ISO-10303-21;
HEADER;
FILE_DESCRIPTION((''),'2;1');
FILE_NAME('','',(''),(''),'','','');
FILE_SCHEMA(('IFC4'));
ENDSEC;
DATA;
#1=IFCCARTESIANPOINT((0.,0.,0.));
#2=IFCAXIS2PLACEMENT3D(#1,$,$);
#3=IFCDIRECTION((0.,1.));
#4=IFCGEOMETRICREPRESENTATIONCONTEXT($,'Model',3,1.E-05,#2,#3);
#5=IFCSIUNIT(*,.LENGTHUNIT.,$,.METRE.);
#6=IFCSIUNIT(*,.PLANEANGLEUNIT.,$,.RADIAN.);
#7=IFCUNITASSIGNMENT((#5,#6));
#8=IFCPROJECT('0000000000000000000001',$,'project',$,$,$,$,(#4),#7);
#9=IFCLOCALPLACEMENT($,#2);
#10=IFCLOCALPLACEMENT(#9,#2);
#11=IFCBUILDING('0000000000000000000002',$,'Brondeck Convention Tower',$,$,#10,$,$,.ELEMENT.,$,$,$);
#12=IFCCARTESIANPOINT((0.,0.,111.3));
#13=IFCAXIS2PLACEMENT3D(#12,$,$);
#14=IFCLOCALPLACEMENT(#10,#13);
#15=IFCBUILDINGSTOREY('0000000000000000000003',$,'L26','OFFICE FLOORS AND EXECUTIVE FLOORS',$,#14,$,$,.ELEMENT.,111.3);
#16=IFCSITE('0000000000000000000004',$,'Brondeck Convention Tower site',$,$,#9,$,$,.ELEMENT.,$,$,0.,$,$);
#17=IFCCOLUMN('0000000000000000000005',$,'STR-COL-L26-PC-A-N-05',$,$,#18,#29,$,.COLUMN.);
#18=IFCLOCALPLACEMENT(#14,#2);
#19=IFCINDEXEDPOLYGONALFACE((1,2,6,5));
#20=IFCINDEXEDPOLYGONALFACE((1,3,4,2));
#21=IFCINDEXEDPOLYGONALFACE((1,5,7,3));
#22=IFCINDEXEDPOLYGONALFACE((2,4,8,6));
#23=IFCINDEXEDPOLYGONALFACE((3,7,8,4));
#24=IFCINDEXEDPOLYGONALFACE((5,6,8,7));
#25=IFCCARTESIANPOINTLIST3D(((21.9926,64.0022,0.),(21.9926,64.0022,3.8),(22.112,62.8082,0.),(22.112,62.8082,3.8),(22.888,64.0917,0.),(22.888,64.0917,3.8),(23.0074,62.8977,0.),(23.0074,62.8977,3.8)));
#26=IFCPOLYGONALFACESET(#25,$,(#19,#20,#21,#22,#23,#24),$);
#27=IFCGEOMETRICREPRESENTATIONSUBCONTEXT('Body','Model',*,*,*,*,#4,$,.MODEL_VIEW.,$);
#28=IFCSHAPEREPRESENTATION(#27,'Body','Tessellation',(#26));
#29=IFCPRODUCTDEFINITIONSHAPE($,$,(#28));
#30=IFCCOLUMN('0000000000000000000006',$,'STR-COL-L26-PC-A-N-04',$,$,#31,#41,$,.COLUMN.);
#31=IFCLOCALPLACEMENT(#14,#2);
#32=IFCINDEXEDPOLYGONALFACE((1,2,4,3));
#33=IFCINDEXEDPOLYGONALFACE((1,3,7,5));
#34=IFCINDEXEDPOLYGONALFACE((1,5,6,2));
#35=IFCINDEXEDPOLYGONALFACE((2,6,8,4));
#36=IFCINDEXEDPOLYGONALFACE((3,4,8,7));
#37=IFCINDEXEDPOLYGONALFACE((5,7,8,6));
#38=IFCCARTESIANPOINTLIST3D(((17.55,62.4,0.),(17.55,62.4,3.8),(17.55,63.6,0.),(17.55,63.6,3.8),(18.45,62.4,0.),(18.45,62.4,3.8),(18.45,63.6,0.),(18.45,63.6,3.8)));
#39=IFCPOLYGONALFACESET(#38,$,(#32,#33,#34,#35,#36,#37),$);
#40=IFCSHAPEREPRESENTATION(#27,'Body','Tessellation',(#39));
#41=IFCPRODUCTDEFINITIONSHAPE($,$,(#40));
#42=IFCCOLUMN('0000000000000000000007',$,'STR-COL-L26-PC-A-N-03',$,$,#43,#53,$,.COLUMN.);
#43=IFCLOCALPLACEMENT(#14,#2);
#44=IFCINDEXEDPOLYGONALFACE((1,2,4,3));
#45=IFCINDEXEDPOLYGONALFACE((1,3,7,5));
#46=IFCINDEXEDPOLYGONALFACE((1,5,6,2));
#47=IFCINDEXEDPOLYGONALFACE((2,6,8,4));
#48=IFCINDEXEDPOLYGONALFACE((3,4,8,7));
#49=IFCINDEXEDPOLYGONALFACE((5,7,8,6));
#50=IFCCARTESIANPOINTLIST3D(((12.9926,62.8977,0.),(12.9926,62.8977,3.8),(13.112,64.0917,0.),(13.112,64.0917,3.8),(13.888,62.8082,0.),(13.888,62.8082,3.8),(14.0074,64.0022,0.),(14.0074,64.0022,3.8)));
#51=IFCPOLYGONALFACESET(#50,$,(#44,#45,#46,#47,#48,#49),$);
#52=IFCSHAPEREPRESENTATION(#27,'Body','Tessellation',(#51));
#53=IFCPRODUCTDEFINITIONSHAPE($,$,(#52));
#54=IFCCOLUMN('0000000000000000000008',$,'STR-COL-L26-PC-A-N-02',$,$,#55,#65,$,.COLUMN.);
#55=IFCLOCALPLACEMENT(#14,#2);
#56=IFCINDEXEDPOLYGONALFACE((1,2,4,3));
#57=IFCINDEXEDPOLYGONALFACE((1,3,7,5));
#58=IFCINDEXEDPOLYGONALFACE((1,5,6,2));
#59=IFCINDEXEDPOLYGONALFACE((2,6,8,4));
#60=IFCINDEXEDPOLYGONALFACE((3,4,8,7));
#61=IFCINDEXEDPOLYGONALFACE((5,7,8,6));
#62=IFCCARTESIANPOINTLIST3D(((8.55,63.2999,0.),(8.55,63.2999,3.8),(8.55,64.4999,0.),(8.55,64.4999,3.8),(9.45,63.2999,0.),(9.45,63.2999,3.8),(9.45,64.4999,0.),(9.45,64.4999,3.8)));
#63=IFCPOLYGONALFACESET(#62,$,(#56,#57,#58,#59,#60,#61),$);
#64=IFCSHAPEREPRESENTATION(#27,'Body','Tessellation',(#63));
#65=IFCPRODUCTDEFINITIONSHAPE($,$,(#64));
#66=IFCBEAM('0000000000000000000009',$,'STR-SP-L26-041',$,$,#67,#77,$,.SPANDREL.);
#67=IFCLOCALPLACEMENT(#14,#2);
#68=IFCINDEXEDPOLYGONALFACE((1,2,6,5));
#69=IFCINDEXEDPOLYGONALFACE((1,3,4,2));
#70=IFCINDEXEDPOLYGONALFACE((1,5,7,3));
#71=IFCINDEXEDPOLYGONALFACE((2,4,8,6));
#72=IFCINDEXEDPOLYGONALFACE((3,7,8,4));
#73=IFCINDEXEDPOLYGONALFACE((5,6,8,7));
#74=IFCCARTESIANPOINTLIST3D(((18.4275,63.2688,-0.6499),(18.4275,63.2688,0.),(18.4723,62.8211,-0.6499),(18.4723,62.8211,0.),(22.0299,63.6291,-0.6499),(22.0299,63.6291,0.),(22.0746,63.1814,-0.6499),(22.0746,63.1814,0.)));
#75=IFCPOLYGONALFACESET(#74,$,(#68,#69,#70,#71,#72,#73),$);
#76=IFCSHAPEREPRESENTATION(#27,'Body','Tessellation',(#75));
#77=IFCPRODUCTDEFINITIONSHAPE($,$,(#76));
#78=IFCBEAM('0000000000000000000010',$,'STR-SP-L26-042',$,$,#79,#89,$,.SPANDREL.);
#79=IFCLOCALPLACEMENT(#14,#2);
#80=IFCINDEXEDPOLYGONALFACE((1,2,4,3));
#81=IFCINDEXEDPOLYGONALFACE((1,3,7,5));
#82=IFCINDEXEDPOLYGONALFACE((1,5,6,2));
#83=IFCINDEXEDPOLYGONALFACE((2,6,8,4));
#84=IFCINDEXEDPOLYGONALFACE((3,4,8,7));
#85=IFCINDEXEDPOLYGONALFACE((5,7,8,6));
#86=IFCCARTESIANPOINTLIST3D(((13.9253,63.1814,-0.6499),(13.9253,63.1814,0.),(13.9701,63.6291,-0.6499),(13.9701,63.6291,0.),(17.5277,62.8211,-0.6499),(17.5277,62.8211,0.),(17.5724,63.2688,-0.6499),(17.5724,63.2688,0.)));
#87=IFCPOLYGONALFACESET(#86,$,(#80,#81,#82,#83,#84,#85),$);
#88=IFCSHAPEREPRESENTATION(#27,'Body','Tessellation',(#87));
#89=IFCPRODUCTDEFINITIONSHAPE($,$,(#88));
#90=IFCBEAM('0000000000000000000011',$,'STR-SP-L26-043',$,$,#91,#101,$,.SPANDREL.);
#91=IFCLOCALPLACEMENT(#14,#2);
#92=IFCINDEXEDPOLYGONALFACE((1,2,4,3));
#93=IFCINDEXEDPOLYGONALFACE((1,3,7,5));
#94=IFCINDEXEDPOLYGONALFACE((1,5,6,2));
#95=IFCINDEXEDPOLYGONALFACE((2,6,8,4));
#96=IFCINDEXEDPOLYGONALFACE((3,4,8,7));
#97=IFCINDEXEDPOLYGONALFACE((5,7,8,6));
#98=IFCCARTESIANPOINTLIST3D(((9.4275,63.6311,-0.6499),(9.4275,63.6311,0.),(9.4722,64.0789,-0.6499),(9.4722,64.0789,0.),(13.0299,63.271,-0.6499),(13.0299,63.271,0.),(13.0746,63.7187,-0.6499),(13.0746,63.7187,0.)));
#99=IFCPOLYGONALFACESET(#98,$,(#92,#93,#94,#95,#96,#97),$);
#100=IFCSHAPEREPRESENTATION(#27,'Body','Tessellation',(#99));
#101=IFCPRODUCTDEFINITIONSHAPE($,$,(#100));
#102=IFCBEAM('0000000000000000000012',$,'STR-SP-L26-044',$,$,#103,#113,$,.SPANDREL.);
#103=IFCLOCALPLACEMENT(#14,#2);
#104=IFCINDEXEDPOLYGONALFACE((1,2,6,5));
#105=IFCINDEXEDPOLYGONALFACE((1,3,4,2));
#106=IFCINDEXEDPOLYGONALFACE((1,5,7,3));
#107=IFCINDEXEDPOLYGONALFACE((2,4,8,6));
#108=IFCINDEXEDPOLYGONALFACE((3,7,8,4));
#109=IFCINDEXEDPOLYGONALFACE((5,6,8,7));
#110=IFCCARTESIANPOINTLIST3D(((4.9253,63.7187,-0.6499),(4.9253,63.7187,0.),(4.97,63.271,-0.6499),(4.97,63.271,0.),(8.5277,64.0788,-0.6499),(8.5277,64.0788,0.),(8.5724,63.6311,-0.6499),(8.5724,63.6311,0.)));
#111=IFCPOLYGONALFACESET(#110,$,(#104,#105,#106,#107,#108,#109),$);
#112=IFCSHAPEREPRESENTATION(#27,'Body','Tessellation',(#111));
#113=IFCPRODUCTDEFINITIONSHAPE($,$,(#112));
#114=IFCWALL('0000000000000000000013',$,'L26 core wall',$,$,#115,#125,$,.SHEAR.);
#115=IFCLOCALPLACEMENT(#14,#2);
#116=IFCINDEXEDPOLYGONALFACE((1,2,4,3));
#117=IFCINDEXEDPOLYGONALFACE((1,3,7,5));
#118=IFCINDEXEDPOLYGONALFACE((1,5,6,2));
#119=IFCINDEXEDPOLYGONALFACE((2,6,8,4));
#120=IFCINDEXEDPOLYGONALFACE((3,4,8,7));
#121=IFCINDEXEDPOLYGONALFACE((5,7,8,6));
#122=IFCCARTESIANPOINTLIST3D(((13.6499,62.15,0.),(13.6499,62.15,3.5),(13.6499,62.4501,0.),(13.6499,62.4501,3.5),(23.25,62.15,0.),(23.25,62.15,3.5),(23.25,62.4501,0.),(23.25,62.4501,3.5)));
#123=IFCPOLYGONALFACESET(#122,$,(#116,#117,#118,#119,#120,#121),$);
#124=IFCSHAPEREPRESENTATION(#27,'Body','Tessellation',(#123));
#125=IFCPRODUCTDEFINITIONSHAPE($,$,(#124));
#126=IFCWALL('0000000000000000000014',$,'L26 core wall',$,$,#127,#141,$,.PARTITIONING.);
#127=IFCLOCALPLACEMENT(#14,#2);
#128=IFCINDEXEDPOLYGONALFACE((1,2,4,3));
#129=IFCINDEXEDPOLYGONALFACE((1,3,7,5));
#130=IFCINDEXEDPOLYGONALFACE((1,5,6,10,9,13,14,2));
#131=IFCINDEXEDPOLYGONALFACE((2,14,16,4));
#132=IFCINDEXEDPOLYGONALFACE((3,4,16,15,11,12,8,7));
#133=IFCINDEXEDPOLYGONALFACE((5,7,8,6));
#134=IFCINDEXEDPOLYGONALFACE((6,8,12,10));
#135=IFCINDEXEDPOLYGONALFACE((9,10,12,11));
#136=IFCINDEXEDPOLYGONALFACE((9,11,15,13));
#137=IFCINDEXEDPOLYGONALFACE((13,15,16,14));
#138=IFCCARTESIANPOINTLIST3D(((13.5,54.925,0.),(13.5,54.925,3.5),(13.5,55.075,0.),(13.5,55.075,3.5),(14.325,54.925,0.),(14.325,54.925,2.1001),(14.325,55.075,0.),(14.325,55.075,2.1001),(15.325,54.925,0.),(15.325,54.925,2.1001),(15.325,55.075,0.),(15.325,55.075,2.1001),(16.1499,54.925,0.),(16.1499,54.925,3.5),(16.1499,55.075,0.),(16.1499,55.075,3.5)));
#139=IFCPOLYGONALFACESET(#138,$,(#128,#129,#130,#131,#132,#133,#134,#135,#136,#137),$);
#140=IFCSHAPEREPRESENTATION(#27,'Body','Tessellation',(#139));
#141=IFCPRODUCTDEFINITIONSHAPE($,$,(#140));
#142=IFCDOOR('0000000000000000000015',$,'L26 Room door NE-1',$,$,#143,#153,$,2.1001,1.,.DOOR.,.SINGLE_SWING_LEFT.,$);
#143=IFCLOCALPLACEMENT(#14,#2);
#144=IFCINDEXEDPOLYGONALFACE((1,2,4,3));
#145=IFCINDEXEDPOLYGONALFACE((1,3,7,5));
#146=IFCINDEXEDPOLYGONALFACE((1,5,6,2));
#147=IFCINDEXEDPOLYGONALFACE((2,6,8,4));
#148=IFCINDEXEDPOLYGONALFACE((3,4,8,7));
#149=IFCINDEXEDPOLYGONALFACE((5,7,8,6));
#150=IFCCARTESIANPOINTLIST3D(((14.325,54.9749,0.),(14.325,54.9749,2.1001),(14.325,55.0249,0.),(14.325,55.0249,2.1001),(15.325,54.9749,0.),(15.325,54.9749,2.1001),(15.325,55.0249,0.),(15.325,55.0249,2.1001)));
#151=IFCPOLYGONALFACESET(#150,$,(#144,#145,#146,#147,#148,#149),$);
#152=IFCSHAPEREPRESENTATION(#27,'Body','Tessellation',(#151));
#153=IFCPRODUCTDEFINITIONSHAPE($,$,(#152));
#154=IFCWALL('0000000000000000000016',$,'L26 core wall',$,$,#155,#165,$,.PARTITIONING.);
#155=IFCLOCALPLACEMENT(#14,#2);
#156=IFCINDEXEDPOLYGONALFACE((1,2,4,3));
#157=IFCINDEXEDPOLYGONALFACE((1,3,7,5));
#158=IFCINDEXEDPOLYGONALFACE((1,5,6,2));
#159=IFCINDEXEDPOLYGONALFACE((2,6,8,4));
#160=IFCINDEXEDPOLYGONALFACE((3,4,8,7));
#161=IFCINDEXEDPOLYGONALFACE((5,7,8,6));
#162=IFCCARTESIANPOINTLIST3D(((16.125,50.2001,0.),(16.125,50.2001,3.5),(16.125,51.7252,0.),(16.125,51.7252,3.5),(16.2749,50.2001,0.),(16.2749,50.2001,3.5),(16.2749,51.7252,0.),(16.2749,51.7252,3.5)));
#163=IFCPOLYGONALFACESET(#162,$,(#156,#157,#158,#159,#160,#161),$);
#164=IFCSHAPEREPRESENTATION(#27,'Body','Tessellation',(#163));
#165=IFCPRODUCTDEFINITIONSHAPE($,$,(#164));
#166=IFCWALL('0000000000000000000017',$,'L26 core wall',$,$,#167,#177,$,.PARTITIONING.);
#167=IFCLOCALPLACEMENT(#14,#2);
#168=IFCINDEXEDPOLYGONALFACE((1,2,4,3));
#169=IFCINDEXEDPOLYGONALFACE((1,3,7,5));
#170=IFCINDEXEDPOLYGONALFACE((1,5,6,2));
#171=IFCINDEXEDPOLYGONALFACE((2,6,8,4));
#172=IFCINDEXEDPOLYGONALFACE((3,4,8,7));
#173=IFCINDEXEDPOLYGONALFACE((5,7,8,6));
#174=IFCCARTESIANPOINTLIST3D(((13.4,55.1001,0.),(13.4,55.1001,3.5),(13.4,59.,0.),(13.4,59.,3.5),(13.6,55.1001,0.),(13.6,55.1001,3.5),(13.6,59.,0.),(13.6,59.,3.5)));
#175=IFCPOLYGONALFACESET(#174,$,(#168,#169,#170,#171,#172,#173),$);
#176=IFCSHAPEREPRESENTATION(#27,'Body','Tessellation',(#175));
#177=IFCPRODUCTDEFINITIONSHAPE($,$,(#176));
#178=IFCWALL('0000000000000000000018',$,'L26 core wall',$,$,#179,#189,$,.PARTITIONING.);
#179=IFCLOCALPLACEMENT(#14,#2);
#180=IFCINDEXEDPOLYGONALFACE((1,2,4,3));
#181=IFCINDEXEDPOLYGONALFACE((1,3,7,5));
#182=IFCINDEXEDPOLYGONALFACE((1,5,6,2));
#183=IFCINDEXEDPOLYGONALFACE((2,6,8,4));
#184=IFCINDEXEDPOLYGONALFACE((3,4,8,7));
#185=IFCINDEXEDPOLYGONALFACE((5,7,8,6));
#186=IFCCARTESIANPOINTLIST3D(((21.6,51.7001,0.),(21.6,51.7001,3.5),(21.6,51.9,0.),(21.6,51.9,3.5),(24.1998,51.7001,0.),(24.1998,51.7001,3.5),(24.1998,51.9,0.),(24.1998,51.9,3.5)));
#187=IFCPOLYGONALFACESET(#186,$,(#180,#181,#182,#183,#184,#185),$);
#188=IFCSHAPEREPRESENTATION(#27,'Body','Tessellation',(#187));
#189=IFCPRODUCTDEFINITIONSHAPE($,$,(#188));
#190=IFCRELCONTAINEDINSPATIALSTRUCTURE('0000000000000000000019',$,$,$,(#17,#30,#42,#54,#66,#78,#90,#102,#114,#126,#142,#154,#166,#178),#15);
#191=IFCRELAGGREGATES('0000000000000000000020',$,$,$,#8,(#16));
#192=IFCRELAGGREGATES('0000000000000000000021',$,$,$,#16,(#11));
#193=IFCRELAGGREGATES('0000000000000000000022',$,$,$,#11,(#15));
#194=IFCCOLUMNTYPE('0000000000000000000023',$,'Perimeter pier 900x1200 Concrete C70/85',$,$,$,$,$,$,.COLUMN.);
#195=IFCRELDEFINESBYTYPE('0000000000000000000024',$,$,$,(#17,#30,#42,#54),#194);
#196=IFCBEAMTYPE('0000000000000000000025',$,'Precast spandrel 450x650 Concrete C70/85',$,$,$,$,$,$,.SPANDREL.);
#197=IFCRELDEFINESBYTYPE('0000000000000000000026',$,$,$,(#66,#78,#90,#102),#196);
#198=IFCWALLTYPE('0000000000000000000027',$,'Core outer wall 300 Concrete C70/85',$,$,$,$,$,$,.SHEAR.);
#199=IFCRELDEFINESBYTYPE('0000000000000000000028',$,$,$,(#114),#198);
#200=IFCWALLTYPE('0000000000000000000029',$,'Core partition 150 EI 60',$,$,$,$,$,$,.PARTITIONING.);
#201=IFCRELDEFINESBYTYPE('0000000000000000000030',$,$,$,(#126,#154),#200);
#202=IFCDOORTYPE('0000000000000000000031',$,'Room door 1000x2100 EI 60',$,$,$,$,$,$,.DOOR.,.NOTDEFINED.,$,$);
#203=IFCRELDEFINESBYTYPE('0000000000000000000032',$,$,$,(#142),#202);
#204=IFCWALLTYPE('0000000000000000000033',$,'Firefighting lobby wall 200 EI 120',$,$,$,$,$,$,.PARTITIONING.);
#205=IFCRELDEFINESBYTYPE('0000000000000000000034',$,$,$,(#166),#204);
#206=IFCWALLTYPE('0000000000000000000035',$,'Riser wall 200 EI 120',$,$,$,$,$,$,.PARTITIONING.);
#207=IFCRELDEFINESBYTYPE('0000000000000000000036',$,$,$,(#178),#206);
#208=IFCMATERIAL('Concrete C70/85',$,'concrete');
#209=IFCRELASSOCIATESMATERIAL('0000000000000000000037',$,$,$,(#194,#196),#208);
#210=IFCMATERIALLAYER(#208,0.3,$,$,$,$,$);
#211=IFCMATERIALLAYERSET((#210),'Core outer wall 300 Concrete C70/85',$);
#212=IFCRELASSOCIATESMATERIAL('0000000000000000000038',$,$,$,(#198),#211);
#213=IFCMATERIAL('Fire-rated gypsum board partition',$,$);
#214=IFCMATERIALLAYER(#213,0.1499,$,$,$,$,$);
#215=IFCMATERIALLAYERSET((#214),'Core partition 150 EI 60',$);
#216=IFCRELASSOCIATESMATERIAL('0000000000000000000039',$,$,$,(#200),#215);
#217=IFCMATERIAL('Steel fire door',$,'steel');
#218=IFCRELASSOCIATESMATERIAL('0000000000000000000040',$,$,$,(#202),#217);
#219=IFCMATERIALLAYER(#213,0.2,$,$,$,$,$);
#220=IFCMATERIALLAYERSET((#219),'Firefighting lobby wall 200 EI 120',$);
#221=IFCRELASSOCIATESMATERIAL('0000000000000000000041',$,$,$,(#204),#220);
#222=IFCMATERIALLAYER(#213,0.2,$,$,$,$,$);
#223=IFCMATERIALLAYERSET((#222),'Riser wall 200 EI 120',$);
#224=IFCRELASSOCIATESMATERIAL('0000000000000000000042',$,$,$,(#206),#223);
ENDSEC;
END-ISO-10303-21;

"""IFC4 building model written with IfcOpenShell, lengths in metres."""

from ifc_helpers import new_model, si_unit, direction, frame, frame_2d, origin, origin_2d, place, context, subcontext, project, spatial, rectangle, extrude, material, layer, layer_set, material_profile, profile_set, type_object, element, fill, save


model = new_model("IFC4")

# Units and contexts
model_context = context("Model", 3, precision=1e-05, world=origin(), true_north=direction((0.0, 1.0)))
body_context = subcontext(model_context, "Body", "Model", "MODEL_VIEW")
ifc_project = project(units=[si_unit("LENGTHUNIT", "METRE"), si_unit("PLANEANGLEUNIT", "RADIAN")], contexts=[model_context])

# Site, building, storey
site_placement = place(None, origin())
site = spatial("IfcSite", under=ifc_project, at=site_placement, Name="Brondeck Convention Tower site", CompositionType="ELEMENT", RefElevation=0.0)
building_placement = place(site_placement, origin())
building = spatial("IfcBuilding", under=site, at=building_placement, Name="Brondeck Convention Tower", CompositionType="ELEMENT")
storey_placement = place(building_placement, frame((0.0, 0.0, 111.3)))
storey = spatial("IfcBuildingStorey", under=building, at=storey_placement, Name="L26", Description="OFFICE FLOORS AND EXECUTIVE FLOORS", CompositionType="ELEMENT", Elevation=111.3)

# Columns
ifc_material_1 = material(Name="Concrete C70/85", Category="concrete")
ifc_material_profile_1 = material_profile(ifc_material_1, rectangle(XDim=0.8999, YDim=1.2, at=origin_2d()), Name="Perimeter pier 900x1200 Concrete C70/85")
ifc_profile_set_1 = profile_set([ifc_material_profile_1], Name="Concrete C70/85")
column_type = type_object("IfcColumnType", Name="Perimeter pier 900x1200 Concrete C70/85", PredefinedType="COLUMN", material=ifc_profile_set_1)
for number, where, z_axis, x_axis, name in (
    (1, (22.5, 63.45, 0.0), (0.0, 0.0, 1.0), (-0.995037, -0.099504, 0.0), "STR-COL-L26-PC-A-N-05"),
    (2, (18.0, 63.0, 0.0), (0.0, 0.0, 1.0), (-1.0, 0.0, 0.0), "STR-COL-L26-PC-A-N-04"),
    (3, (13.5, 63.45, 0.0), (0.0, 0.0, 1.0), (-0.995037, 0.099504, 0.0), "STR-COL-L26-PC-A-N-03"),
    (4, (9.0, 63.8999, 0.0), (0.0, 0.0, 1.0), (-1.0, 0.0, 0.0), "STR-COL-L26-PC-A-N-02"),
):
    element("IfcColumn", number, at=place(storey_placement, frame(where, z_axis=z_axis, x_axis=x_axis)), inside=storey, type_object=column_type, Name=name, PredefinedType="COLUMN", context=body_context, shape_type="SweptSolid", body=[
        extrude(rectangle(XDim=0.8999, YDim=1.2, at=origin_2d()), origin(), (0.0, 0.0, 1.0), 3.8),
    ])

# Beams
ifc_material_profile_2 = material_profile(ifc_material_1, rectangle(XDim=0.45, YDim=0.6499, at=origin_2d()), Name="Precast spandrel 450x650 Concrete C70/85")
ifc_profile_set_2 = profile_set([ifc_material_profile_2], Name="Concrete C70/85")
beam_type = type_object("IfcBeamType", Name="Precast spandrel 450x650 Concrete C70/85", PredefinedType="SPANDREL", material=ifc_profile_set_2)
for number, where, z_axis, x_axis, name in (
    (5, (22.0522, 63.4053, -0.325), (-0.995034, -0.099537, 0.0), (0.099537, -0.995034, 0.0), "STR-SP-L26-041"),
    (6, (17.55, 63.0449, -0.325), (-0.995034, 0.099537, 0.0), (-0.099537, -0.995034, 0.0), "STR-SP-L26-042"),
    (7, (13.0522, 63.4949, -0.325), (-0.995041, 0.09947, 0.0), (-0.09947, -0.995041, 0.0), "STR-SP-L26-043"),
    (8, (8.55, 63.855, -0.325), (-0.995041, -0.09947, 0.0), (0.09947, -0.995041, 0.0), "STR-SP-L26-044"),
):
    element("IfcBeam", number, at=place(storey_placement, frame(where, z_axis=z_axis, x_axis=x_axis)), inside=storey, type_object=beam_type, Name=name, PredefinedType="SPANDREL", context=body_context, shape_type="SweptSolid", body=[
        extrude(rectangle(XDim=0.45, YDim=0.6499, at=origin_2d()), origin(), (0.0, 0.0, 1.0), 3.6204),
    ])

# Wall
ifc_layer_1 = layer(ifc_material_1, 0.3)
ifc_layer_set_1 = layer_set([ifc_layer_1], Name="Core outer wall 300 Concrete C70/85")
wall_type_1 = type_object("IfcWallType", Name="Core outer wall 300 Concrete C70/85", PredefinedType="SHEAR", material=ifc_layer_set_1)
wall_1_placement = place(storey_placement, frame((13.6499, 62.3, 0.0), z_axis=(0.0, 0.0, 1.0), x_axis=(1.0, 0.0, 0.0)))
element("IfcWall", 9, at=wall_1_placement, inside=storey, type_object=wall_type_1, Name="L26 core wall", PredefinedType="SHEAR", context=body_context, shape_type="SweptSolid", body=[
    extrude(rectangle(XDim=9.6001, YDim=0.3, at=frame_2d((4.8, 0.0))), origin(), (0.0, 0.0, 1.0), 3.5),
])

# Wall, opening, door
ifc_material_2 = material(Name="Fire-rated gypsum board partition")
ifc_layer_2 = layer(ifc_material_2, 0.1499)
ifc_layer_set_2 = layer_set([ifc_layer_2], Name="Core partition 150 EI 60")
wall_type_2 = type_object("IfcWallType", Name="Core partition 150 EI 60", PredefinedType="PARTITIONING", material=ifc_layer_set_2)
wall_2_placement = place(storey_placement, frame((13.5, 55.0, 0.0), z_axis=(0.0, 0.0, 1.0), x_axis=(1.0, 0.0, 0.0)))
wall_2 = element("IfcWall", 10, at=wall_2_placement, inside=storey, type_object=wall_type_2, Name="L26 core wall", PredefinedType="PARTITIONING", context=body_context, shape_type="SweptSolid", body=[
    extrude(rectangle(XDim=2.6499, YDim=0.1499, at=frame_2d((1.325, 0.0))), origin(), (0.0, 0.0, 1.0), 3.5),
])
opening_1_placement = place(wall_2_placement, frame((0.825, 0.0, 0.0)))
opening_1 = element("IfcOpeningElement", 11, at=opening_1_placement, cuts=wall_2, PredefinedType="OPENING", context=body_context, shape_type="SweptSolid", body=[
    extrude(rectangle(XDim=1.0, YDim=2.1001, at=frame_2d((0.5, 1.05))), frame((0.0, 0.085, 0.0), z_axis=(0.0, -1.0, 0.0), x_axis=(1.0, 0.0, 0.0)), (0.0, 0.0, 1.0), 0.1699),
])
ifc_material_3 = material(Name="Steel fire door", Category="steel")
door_type_1 = type_object("IfcDoorType", Name="Room door 1000x2100 EI 60", OperationType="NOTDEFINED", PredefinedType="DOOR", material=ifc_material_3)
door_1_placement = place(opening_1_placement, origin())
door_1 = element("IfcDoor", 12, at=door_1_placement, inside=storey, type_object=door_type_1, Name="L26 Room door NE-1", OperationType="SINGLE_SWING_LEFT", OverallHeight=2.1001, OverallWidth=1.0, PredefinedType="DOOR", context=body_context, shape_type="SweptSolid", body=[
    extrude(rectangle(XDim=1.0, YDim=2.1001, at=frame_2d((0.5, 1.05))), frame((0.0, 0.0249, 0.0), z_axis=(0.0, -1.0, 0.0), x_axis=(1.0, 0.0, 0.0)), (0.0, 0.0, 1.0), 0.05),
])
fill(opening_1, door_1)

# Walls
wall_3_placement = place(storey_placement, frame((16.2, 50.2, 0.0), z_axis=(0.0, 0.0, 1.0), x_axis=(0.0, 1.0, 0.0)))
element("IfcWall", 13, at=wall_3_placement, inside=storey, type_object=wall_type_2, Name="L26 core wall", PredefinedType="PARTITIONING", context=body_context, shape_type="SweptSolid", body=[
    extrude(rectangle(XDim=1.5251, YDim=0.1499, at=frame_2d((0.7627, 0.0))), origin(), (0.0, 0.0, 1.0), 3.5),
])
ifc_layer_3 = layer(ifc_material_2, 0.2)
ifc_layer_set_3 = layer_set([ifc_layer_3], Name="Firefighting lobby wall 200 EI 120")
wall_type_3 = type_object("IfcWallType", Name="Firefighting lobby wall 200 EI 120", PredefinedType="PARTITIONING", material=ifc_layer_set_3)
wall_4_placement = place(storey_placement, frame((13.5, 55.1001, 0.0), z_axis=(0.0, 0.0, 1.0), x_axis=(0.0, 1.0, 0.0)))
element("IfcWall", 14, at=wall_4_placement, inside=storey, type_object=wall_type_3, Name="L26 core wall", PredefinedType="PARTITIONING", context=body_context, shape_type="SweptSolid", body=[
    extrude(rectangle(XDim=3.8999, YDim=0.2, at=frame_2d((1.95, 0.0))), origin(), (0.0, 0.0, 1.0), 3.5),
])
ifc_layer_4 = layer(ifc_material_2, 0.2)
ifc_layer_set_4 = layer_set([ifc_layer_4], Name="Riser wall 200 EI 120")
wall_type_4 = type_object("IfcWallType", Name="Riser wall 200 EI 120", PredefinedType="PARTITIONING", material=ifc_layer_set_4)
wall_5_placement = place(storey_placement, frame((21.6001, 51.8, 0.0), z_axis=(0.0, 0.0, 1.0), x_axis=(1.0, 0.0, 0.0)))
element("IfcWall", 15, at=wall_5_placement, inside=storey, type_object=wall_type_4, Name="L26 core wall", PredefinedType="PARTITIONING", context=body_context, shape_type="SweptSolid", body=[
    extrude(rectangle(XDim=2.5999, YDim=0.2, at=frame_2d((1.2998, 0.0))), origin(), (0.0, 0.0, 1.0), 3.5),
])

save(model, "model.ifc")
